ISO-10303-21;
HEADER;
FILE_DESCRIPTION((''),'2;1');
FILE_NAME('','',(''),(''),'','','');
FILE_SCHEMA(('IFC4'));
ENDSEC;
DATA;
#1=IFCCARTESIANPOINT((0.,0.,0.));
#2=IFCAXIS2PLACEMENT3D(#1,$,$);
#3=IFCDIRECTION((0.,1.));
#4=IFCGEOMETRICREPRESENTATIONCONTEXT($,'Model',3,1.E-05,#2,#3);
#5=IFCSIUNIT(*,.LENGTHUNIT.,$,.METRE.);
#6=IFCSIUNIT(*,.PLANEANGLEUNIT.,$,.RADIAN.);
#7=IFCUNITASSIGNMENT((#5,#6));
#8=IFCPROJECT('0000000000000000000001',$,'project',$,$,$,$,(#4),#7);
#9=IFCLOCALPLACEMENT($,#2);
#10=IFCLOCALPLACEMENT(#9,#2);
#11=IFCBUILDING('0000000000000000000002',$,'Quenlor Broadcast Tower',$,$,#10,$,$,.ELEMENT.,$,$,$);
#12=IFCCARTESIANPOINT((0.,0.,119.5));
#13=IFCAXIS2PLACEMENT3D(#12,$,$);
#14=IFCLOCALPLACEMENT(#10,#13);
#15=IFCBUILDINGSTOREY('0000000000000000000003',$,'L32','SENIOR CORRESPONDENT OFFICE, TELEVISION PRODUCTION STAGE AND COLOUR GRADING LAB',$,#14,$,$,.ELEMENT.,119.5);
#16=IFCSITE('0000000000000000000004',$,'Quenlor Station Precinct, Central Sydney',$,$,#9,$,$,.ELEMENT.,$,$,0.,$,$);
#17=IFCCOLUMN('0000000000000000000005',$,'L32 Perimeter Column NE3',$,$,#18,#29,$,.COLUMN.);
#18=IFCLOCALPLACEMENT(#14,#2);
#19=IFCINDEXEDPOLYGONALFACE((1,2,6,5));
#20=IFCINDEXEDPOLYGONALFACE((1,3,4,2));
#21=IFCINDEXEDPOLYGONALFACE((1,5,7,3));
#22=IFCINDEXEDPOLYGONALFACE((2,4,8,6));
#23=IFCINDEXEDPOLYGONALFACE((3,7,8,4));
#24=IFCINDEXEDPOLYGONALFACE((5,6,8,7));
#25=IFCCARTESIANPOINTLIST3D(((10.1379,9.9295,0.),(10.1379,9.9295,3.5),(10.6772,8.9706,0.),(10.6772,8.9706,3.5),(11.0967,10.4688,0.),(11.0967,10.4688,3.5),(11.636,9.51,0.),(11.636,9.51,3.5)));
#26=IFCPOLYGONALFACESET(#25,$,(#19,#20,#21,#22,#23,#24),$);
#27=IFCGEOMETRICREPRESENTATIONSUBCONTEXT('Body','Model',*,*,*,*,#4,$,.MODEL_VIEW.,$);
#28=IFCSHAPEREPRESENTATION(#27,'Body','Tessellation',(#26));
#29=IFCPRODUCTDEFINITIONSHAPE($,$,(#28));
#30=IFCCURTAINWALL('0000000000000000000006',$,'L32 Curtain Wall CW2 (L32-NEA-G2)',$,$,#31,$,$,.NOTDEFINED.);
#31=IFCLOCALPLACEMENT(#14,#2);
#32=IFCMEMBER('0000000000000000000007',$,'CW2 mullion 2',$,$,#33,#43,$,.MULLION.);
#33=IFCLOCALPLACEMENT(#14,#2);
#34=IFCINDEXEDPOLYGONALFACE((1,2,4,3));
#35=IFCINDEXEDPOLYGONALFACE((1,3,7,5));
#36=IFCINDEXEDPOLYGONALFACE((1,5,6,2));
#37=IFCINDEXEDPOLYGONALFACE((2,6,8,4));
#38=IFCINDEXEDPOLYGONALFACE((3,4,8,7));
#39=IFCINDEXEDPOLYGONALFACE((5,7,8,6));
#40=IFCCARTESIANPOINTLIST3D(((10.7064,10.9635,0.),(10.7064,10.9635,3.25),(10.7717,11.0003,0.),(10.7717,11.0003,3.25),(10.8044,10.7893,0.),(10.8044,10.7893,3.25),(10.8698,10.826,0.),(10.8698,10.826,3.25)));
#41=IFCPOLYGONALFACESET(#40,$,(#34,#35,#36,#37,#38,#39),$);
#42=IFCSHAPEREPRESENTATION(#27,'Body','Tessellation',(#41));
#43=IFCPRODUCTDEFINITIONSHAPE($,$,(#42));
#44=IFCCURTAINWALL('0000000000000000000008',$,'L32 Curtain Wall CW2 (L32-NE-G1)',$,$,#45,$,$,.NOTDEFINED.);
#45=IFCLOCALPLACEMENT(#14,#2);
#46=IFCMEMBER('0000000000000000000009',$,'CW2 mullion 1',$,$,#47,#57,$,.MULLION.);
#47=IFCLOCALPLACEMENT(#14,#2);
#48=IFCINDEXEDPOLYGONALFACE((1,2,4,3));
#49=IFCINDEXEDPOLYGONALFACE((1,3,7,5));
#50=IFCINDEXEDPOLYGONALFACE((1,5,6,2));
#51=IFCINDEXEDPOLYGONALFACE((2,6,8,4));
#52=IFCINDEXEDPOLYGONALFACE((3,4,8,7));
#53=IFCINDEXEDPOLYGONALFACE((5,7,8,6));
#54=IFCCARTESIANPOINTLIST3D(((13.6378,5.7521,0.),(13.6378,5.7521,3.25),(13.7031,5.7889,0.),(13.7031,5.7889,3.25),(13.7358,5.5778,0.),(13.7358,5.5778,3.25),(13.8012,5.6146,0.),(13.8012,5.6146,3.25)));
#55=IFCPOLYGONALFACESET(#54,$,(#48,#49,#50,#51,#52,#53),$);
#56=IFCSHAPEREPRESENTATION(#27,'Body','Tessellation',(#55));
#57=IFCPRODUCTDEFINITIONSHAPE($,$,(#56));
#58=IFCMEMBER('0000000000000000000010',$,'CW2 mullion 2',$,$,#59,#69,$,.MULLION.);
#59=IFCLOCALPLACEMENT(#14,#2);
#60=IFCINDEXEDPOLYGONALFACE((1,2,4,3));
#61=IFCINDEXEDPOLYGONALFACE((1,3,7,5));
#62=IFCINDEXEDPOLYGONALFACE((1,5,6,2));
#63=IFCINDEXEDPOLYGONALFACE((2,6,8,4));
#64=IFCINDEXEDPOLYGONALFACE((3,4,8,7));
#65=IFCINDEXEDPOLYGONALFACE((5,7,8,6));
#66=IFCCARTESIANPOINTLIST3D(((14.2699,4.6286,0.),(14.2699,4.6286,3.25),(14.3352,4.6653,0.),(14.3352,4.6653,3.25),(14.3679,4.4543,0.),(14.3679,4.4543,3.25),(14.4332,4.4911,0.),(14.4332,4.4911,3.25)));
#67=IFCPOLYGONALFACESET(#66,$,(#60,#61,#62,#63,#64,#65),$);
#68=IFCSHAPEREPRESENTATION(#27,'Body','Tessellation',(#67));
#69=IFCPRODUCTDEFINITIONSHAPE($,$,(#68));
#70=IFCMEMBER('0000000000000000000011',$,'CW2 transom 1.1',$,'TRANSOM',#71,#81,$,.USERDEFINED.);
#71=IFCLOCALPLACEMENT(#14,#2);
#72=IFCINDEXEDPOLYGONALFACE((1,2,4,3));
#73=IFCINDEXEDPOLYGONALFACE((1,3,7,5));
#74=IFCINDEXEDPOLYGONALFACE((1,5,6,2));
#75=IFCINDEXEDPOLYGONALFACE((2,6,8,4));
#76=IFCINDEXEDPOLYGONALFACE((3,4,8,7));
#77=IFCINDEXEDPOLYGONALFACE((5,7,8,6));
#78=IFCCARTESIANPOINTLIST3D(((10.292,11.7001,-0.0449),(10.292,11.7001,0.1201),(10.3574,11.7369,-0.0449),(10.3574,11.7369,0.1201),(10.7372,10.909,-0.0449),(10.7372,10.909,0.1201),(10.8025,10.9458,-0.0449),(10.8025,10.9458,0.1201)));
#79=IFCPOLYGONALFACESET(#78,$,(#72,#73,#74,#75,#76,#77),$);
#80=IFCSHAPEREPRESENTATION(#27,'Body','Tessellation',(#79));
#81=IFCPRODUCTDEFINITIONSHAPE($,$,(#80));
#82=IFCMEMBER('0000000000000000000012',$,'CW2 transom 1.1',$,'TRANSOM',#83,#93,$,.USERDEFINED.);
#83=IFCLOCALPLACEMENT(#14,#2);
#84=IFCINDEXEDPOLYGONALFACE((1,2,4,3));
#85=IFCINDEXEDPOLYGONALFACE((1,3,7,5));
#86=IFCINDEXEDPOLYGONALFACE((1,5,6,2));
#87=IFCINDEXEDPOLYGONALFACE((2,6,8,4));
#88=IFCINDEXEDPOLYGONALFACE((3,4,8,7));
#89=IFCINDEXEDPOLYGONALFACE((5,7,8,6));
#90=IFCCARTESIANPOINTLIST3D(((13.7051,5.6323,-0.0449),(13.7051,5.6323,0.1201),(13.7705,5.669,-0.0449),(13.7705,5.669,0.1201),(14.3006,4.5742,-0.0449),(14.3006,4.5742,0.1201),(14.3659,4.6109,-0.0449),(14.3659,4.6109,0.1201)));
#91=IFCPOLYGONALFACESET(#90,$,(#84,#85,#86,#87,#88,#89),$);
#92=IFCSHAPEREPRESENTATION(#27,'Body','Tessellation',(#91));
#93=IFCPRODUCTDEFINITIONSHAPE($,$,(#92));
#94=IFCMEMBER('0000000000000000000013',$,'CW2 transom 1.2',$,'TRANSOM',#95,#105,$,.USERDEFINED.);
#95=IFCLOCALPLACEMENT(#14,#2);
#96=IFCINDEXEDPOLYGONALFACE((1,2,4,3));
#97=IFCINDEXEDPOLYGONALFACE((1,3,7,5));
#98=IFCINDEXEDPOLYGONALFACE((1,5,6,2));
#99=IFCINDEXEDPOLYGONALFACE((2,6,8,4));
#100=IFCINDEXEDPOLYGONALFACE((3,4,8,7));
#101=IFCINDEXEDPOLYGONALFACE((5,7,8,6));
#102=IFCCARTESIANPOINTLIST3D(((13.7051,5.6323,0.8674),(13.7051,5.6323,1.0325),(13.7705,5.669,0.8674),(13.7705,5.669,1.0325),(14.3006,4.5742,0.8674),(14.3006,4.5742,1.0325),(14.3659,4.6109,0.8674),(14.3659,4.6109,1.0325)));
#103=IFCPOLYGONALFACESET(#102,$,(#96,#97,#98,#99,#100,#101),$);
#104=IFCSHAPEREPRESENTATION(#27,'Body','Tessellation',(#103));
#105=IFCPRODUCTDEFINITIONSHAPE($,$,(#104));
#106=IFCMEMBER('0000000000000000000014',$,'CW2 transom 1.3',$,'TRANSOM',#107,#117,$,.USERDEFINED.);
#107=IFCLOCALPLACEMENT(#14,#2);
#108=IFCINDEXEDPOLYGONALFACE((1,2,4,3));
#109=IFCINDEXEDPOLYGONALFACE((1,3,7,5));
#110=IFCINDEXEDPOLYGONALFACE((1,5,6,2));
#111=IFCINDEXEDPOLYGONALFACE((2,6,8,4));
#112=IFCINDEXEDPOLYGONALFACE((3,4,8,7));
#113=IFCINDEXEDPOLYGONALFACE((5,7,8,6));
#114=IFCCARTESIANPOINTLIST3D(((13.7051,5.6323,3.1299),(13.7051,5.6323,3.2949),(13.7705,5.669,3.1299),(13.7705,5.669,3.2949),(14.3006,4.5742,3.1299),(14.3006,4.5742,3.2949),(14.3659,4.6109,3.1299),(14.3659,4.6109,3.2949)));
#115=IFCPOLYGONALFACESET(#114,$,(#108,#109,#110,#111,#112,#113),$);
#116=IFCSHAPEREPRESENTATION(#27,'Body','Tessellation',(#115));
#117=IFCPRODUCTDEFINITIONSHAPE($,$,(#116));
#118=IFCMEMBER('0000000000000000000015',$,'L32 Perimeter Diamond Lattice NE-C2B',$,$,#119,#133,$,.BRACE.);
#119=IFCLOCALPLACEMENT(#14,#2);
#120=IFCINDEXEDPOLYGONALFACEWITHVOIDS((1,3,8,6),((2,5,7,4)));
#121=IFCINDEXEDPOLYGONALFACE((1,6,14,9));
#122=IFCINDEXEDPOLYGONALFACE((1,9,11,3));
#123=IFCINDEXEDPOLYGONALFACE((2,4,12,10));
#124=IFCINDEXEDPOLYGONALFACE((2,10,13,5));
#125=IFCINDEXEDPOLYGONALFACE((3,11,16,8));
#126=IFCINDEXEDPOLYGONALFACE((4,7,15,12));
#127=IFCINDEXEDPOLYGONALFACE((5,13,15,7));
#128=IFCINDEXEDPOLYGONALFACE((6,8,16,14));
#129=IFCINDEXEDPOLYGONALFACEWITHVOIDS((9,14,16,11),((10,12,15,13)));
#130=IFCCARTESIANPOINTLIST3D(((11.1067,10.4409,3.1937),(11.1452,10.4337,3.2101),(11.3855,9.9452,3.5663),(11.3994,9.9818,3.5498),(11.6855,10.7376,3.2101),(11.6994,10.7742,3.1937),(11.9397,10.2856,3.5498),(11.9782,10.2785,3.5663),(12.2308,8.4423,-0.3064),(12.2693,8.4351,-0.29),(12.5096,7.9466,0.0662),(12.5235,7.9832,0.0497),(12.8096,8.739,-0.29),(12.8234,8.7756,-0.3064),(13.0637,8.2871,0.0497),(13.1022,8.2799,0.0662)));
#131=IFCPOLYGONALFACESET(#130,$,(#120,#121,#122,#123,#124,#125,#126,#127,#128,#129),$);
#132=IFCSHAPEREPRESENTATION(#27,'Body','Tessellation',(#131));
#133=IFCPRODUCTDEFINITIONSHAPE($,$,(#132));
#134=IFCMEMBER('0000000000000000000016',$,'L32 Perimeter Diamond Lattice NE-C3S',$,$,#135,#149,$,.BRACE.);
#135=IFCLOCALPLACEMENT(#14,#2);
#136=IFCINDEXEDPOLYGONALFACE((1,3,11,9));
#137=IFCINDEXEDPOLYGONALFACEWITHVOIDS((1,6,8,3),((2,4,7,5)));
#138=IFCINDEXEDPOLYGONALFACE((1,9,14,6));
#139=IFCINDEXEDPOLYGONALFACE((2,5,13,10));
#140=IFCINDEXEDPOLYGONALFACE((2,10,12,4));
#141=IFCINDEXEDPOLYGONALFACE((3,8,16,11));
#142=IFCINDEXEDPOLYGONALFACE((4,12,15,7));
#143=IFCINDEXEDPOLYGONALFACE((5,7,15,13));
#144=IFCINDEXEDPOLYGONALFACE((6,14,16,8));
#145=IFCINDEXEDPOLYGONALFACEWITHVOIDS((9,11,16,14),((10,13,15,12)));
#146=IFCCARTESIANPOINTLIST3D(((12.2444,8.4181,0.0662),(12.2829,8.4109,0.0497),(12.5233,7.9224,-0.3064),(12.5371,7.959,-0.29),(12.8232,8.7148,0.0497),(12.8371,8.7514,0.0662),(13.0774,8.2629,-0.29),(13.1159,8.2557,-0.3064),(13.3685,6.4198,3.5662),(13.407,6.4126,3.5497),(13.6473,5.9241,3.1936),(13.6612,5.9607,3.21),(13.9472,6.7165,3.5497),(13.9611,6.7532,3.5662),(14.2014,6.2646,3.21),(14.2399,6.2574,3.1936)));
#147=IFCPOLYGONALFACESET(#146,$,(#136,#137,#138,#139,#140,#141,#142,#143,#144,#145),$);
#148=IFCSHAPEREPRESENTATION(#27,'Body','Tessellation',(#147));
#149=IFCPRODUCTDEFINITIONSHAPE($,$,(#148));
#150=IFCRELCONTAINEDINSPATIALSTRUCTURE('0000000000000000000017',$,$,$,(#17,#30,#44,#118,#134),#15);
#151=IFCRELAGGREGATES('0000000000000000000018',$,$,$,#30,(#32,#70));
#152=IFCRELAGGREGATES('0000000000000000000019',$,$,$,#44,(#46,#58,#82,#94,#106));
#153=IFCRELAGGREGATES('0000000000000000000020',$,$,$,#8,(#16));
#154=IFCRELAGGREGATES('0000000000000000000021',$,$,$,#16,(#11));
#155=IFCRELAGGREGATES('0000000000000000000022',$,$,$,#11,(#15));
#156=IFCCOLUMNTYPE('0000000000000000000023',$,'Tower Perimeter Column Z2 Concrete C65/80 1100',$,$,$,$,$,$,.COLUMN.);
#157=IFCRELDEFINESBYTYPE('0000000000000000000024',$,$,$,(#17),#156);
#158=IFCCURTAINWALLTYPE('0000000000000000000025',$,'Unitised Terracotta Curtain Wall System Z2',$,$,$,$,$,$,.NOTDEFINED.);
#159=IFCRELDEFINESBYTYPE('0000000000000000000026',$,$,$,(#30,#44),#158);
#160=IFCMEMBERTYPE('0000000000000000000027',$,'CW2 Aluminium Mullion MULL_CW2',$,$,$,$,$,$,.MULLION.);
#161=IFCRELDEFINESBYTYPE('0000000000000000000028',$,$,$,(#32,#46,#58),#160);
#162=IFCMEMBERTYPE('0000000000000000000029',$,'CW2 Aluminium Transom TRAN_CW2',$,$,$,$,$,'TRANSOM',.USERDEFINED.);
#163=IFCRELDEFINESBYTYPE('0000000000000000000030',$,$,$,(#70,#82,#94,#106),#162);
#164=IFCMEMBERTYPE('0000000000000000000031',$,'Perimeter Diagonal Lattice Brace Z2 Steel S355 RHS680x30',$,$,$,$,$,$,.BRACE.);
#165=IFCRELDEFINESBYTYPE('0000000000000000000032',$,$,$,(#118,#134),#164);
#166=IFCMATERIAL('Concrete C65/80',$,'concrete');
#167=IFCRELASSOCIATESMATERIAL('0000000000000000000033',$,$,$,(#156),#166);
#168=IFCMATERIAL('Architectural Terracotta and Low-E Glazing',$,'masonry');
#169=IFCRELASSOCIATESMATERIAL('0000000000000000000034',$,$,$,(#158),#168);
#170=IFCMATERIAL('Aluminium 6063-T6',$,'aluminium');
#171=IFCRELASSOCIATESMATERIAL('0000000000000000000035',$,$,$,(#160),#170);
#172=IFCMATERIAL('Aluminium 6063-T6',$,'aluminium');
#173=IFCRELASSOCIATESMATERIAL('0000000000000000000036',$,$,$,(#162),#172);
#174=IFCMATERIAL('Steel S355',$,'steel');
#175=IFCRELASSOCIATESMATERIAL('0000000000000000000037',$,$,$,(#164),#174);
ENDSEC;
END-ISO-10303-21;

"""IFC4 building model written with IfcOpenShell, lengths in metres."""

from ifc_helpers import new_model, si_unit, direction, frame, origin, origin_2d, place, context, subcontext, project, spatial, rectangle, hollow_rectangle, extrude, material, material_profile, profile_set, type_object, element, aggregate, save


model = new_model("IFC4")

# Units and contexts
model_context = context("Model", 3, precision=1e-05, world=origin(), true_north=direction((0.0, 1.0)))
body_context = subcontext(model_context, "Body", "Model", "MODEL_VIEW")
ifc_project = project(units=[si_unit("LENGTHUNIT", "METRE"), si_unit("PLANEANGLEUNIT", "RADIAN")], contexts=[model_context])

# Site, building, storey
site_placement = place(None, origin())
site = spatial("IfcSite", under=ifc_project, at=site_placement, Name="Quenlor Station Precinct, Central Sydney", CompositionType="ELEMENT", RefElevation=0.0)
building_placement = place(site_placement, origin())
building = spatial("IfcBuilding", under=site, at=building_placement, Name="Quenlor Broadcast Tower", CompositionType="ELEMENT")
storey_placement = place(building_placement, frame((0.0, 0.0, 119.5)))
storey = spatial("IfcBuildingStorey", under=building, at=storey_placement, Name="L32", Description="SENIOR CORRESPONDENT OFFICE, TELEVISION PRODUCTION STAGE AND COLOUR GRADING LAB", CompositionType="ELEMENT", Elevation=119.5)

# Column
ifc_material_1 = material(Name="Concrete C65/80", Category="concrete")
ifc_material_profile_1 = material_profile(ifc_material_1, rectangle(XDim=1.1001, YDim=1.1001, at=origin_2d()))
ifc_profile_set_1 = profile_set([ifc_material_profile_1], Name="Concrete C65/80 RC1100x1100")
column_type = type_object("IfcColumnType", Name="Tower Perimeter Column Z2 Concrete C65/80 1100", PredefinedType="COLUMN", material=ifc_profile_set_1)
column_placement = place(storey_placement, frame((10.887, 9.7197, 0.0), z_axis=(0.0, 0.0, 1.0), x_axis=(0.871575, 0.490262, 0.0)))
element("IfcColumn", 1, at=column_placement, inside=storey, type_object=column_type, Name="L32 Perimeter Column NE3", PredefinedType="COLUMN", context=body_context, shape_type="SweptSolid", body=[
    extrude(rectangle(XDim=1.1001, YDim=1.1001, at=origin_2d()), origin(), (0.0, 0.0, 1.0), 3.5),
])

# Curtain wall, member
ifc_material_2 = material(Name="Architectural Terracotta and Low-E Glazing", Category="masonry")
curtain_wall_type = type_object("IfcCurtainWallType", Name="Unitised Terracotta Curtain Wall System Z2", PredefinedType="NOTDEFINED", material=ifc_material_2)
curtain_wall_1_placement = place(storey_placement, origin())
curtain_wall_1 = element("IfcCurtainWall", 2, at=curtain_wall_1_placement, inside=storey, type_object=curtain_wall_type, Name="L32 Curtain Wall CW2 (L32-NEA-G2)", PredefinedType="NOTDEFINED")
ifc_material_3 = material(Name="Aluminium 6063-T6", Category="aluminium")
ifc_material_profile_2 = material_profile(ifc_material_3, rectangle(XDim=0.075, YDim=0.2, at=origin_2d()))
ifc_profile_set_2 = profile_set([ifc_material_profile_2], Name="Aluminium 6063-T6 MULL75x200")
member_type_1 = type_object("IfcMemberType", Name="CW2 Aluminium Mullion MULL_CW2", PredefinedType="MULLION", material=ifc_profile_set_2)
member_1_placement = place(storey_placement, frame((10.7881, 10.8948, 0.0), z_axis=(0.0, 0.0, 1.0), x_axis=(0.871581, 0.490252, 0.0)))
member_1 = element("IfcMember", 3, at=member_1_placement, type_object=member_type_1, Name="CW2 mullion 2", PredefinedType="MULLION", context=body_context, shape_type="SweptSolid", body=[
    extrude(rectangle(XDim=0.075, YDim=0.2, at=origin_2d()), origin(), (0.0, 0.0, 1.0), 3.25),
])

# Curtain wall, members
curtain_wall_2_placement = place(storey_placement, origin())
curtain_wall_2 = element("IfcCurtainWall", 4, at=curtain_wall_2_placement, inside=storey, type_object=curtain_wall_type, Name="L32 Curtain Wall CW2 (L32-NE-G1)", PredefinedType="NOTDEFINED")
member_2_placement = place(storey_placement, frame((13.7195, 5.6833, 0.0), z_axis=(0.0, 0.0, 1.0), x_axis=(0.871579, 0.490254, 0.0)))
member_2 = element("IfcMember", 5, at=member_2_placement, type_object=member_type_1, Name="CW2 mullion 1", PredefinedType="MULLION", context=body_context, shape_type="SweptSolid", body=[
    extrude(rectangle(XDim=0.075, YDim=0.2, at=origin_2d()), origin(), (0.0, 0.0, 1.0), 3.25),
])
member_3_placement = place(storey_placement, frame((14.3516, 4.5598, 0.0), z_axis=(0.0, 0.0, 1.0), x_axis=(0.871579, 0.490254, 0.0)))
member_3 = element("IfcMember", 6, at=member_3_placement, type_object=member_type_1, Name="CW2 mullion 2", PredefinedType="MULLION", context=body_context, shape_type="SweptSolid", body=[
    extrude(rectangle(XDim=0.075, YDim=0.2, at=origin_2d()), origin(), (0.0, 0.0, 1.0), 3.25),
])

# Members
ifc_material_4 = material(Name="Aluminium 6063-T6", Category="aluminium")
ifc_material_profile_3 = material_profile(ifc_material_4, rectangle(XDim=0.075, YDim=0.165, at=origin_2d()))
ifc_profile_set_3 = profile_set([ifc_material_profile_3], Name="Aluminium 6063-T6 TRAN75x165")
member_type_2 = type_object("IfcMemberType", Name="CW2 Aluminium Transom TRAN_CW2", ElementType="TRANSOM", PredefinedType="USERDEFINED", material=ifc_profile_set_3)
member_4_placement = place(storey_placement, frame((10.3247, 11.7185, 0.0376), z_axis=(0.490363, -0.871518, 0.0), x_axis=(0.871518, 0.490363, 0.0)))
member_4 = element("IfcMember", 7, at=member_4_placement, type_object=member_type_2, Name="CW2 transom 1.1", ObjectType="TRANSOM", PredefinedType="USERDEFINED", context=body_context, shape_type="SweptSolid", body=[
    extrude(rectangle(XDim=0.075, YDim=0.165, at=origin_2d()), origin(), (0.0, 0.0, 1.0), 0.9077),
])
member_5_placement = place(storey_placement, frame((13.7378, 5.6506, 0.0376), z_axis=(0.490433, -0.871479, 0.0), x_axis=(0.871479, 0.490433, 0.0)))
member_5 = element("IfcMember", 8, at=member_5_placement, type_object=member_type_2, Name="CW2 transom 1.1", ObjectType="TRANSOM", PredefinedType="USERDEFINED", context=body_context, shape_type="SweptSolid", body=[
    extrude(rectangle(XDim=0.075, YDim=0.165, at=origin_2d()), origin(), (0.0, 0.0, 1.0), 1.2141),
])
member_6_placement = place(storey_placement, frame((13.7378, 5.6506, 0.95), z_axis=(0.490433, -0.871479, 0.0), x_axis=(0.871479, 0.490433, 0.0)))
member_6 = element("IfcMember", 9, at=member_6_placement, type_object=member_type_2, Name="CW2 transom 1.2", ObjectType="TRANSOM", PredefinedType="USERDEFINED", context=body_context, shape_type="SweptSolid", body=[
    extrude(rectangle(XDim=0.075, YDim=0.165, at=origin_2d()), origin(), (0.0, 0.0, 1.0), 1.2141),
])
member_7_placement = place(storey_placement, frame((13.7378, 5.6506, 3.2124), z_axis=(0.490433, -0.871479, 0.0), x_axis=(0.871479, 0.490433, 0.0)))
member_7 = element("IfcMember", 10, at=member_7_placement, type_object=member_type_2, Name="CW2 transom 1.3", ObjectType="TRANSOM", PredefinedType="USERDEFINED", context=body_context, shape_type="SweptSolid", body=[
    extrude(rectangle(XDim=0.075, YDim=0.165, at=origin_2d()), origin(), (0.0, 0.0, 1.0), 1.2141),
])

# Members
ifc_material_5 = material(Name="Steel S355", Category="steel")
ifc_material_profile_4 = material_profile(ifc_material_5, hollow_rectangle(XDim=0.6799, YDim=0.6799, WallThickness=0.03, at=origin_2d()))
ifc_profile_set_4 = profile_set([ifc_material_profile_4], Name="Steel S355 RHS680x680x30")
member_type_3 = type_object("IfcMemberType", Name="Perimeter Diagonal Lattice Brace Z2 Steel S355 RHS680x30", PredefinedType="BRACE", material=ifc_profile_set_4)
member_8_placement = place(storey_placement, frame((12.6665, 8.3611, -0.1201), z_axis=(-0.268635, 0.477638, 0.836479), x_axis=(-0.871604, -0.490211, 0.0)))
element("IfcMember", 11, at=member_8_placement, inside=storey, type_object=member_type_3, Name="L32 Perimeter Diamond Lattice NE-C2B", PredefinedType="BRACE", context=body_context, shape_type="SweptSolid", body=[
    extrude(hollow_rectangle(XDim=0.6799, YDim=0.6799, WallThickness=0.03, at=origin_2d()), origin(), (0.0, 0.0, 1.0), 4.1843),
])
member_9_placement = place(storey_placement, frame((12.6802, 8.3369, -0.1201), z_axis=(0.268642, -0.477593, 0.836502), x_axis=(0.871578, 0.490256, 0.0)))
element("IfcMember", 12, at=member_9_placement, inside=storey, type_object=member_type_3, Name="L32 Perimeter Diamond Lattice NE-C3S", PredefinedType="BRACE", context=body_context, shape_type="SweptSolid", body=[
    extrude(hollow_rectangle(XDim=0.6799, YDim=0.6799, WallThickness=0.03, at=origin_2d()), origin(), (0.0, 0.0, 1.0), 4.1841),
])

aggregate(curtain_wall_1, [member_1, member_4])
aggregate(curtain_wall_2, [member_2, member_3, member_5, member_6, member_7])

save(model, "model.ifc")
